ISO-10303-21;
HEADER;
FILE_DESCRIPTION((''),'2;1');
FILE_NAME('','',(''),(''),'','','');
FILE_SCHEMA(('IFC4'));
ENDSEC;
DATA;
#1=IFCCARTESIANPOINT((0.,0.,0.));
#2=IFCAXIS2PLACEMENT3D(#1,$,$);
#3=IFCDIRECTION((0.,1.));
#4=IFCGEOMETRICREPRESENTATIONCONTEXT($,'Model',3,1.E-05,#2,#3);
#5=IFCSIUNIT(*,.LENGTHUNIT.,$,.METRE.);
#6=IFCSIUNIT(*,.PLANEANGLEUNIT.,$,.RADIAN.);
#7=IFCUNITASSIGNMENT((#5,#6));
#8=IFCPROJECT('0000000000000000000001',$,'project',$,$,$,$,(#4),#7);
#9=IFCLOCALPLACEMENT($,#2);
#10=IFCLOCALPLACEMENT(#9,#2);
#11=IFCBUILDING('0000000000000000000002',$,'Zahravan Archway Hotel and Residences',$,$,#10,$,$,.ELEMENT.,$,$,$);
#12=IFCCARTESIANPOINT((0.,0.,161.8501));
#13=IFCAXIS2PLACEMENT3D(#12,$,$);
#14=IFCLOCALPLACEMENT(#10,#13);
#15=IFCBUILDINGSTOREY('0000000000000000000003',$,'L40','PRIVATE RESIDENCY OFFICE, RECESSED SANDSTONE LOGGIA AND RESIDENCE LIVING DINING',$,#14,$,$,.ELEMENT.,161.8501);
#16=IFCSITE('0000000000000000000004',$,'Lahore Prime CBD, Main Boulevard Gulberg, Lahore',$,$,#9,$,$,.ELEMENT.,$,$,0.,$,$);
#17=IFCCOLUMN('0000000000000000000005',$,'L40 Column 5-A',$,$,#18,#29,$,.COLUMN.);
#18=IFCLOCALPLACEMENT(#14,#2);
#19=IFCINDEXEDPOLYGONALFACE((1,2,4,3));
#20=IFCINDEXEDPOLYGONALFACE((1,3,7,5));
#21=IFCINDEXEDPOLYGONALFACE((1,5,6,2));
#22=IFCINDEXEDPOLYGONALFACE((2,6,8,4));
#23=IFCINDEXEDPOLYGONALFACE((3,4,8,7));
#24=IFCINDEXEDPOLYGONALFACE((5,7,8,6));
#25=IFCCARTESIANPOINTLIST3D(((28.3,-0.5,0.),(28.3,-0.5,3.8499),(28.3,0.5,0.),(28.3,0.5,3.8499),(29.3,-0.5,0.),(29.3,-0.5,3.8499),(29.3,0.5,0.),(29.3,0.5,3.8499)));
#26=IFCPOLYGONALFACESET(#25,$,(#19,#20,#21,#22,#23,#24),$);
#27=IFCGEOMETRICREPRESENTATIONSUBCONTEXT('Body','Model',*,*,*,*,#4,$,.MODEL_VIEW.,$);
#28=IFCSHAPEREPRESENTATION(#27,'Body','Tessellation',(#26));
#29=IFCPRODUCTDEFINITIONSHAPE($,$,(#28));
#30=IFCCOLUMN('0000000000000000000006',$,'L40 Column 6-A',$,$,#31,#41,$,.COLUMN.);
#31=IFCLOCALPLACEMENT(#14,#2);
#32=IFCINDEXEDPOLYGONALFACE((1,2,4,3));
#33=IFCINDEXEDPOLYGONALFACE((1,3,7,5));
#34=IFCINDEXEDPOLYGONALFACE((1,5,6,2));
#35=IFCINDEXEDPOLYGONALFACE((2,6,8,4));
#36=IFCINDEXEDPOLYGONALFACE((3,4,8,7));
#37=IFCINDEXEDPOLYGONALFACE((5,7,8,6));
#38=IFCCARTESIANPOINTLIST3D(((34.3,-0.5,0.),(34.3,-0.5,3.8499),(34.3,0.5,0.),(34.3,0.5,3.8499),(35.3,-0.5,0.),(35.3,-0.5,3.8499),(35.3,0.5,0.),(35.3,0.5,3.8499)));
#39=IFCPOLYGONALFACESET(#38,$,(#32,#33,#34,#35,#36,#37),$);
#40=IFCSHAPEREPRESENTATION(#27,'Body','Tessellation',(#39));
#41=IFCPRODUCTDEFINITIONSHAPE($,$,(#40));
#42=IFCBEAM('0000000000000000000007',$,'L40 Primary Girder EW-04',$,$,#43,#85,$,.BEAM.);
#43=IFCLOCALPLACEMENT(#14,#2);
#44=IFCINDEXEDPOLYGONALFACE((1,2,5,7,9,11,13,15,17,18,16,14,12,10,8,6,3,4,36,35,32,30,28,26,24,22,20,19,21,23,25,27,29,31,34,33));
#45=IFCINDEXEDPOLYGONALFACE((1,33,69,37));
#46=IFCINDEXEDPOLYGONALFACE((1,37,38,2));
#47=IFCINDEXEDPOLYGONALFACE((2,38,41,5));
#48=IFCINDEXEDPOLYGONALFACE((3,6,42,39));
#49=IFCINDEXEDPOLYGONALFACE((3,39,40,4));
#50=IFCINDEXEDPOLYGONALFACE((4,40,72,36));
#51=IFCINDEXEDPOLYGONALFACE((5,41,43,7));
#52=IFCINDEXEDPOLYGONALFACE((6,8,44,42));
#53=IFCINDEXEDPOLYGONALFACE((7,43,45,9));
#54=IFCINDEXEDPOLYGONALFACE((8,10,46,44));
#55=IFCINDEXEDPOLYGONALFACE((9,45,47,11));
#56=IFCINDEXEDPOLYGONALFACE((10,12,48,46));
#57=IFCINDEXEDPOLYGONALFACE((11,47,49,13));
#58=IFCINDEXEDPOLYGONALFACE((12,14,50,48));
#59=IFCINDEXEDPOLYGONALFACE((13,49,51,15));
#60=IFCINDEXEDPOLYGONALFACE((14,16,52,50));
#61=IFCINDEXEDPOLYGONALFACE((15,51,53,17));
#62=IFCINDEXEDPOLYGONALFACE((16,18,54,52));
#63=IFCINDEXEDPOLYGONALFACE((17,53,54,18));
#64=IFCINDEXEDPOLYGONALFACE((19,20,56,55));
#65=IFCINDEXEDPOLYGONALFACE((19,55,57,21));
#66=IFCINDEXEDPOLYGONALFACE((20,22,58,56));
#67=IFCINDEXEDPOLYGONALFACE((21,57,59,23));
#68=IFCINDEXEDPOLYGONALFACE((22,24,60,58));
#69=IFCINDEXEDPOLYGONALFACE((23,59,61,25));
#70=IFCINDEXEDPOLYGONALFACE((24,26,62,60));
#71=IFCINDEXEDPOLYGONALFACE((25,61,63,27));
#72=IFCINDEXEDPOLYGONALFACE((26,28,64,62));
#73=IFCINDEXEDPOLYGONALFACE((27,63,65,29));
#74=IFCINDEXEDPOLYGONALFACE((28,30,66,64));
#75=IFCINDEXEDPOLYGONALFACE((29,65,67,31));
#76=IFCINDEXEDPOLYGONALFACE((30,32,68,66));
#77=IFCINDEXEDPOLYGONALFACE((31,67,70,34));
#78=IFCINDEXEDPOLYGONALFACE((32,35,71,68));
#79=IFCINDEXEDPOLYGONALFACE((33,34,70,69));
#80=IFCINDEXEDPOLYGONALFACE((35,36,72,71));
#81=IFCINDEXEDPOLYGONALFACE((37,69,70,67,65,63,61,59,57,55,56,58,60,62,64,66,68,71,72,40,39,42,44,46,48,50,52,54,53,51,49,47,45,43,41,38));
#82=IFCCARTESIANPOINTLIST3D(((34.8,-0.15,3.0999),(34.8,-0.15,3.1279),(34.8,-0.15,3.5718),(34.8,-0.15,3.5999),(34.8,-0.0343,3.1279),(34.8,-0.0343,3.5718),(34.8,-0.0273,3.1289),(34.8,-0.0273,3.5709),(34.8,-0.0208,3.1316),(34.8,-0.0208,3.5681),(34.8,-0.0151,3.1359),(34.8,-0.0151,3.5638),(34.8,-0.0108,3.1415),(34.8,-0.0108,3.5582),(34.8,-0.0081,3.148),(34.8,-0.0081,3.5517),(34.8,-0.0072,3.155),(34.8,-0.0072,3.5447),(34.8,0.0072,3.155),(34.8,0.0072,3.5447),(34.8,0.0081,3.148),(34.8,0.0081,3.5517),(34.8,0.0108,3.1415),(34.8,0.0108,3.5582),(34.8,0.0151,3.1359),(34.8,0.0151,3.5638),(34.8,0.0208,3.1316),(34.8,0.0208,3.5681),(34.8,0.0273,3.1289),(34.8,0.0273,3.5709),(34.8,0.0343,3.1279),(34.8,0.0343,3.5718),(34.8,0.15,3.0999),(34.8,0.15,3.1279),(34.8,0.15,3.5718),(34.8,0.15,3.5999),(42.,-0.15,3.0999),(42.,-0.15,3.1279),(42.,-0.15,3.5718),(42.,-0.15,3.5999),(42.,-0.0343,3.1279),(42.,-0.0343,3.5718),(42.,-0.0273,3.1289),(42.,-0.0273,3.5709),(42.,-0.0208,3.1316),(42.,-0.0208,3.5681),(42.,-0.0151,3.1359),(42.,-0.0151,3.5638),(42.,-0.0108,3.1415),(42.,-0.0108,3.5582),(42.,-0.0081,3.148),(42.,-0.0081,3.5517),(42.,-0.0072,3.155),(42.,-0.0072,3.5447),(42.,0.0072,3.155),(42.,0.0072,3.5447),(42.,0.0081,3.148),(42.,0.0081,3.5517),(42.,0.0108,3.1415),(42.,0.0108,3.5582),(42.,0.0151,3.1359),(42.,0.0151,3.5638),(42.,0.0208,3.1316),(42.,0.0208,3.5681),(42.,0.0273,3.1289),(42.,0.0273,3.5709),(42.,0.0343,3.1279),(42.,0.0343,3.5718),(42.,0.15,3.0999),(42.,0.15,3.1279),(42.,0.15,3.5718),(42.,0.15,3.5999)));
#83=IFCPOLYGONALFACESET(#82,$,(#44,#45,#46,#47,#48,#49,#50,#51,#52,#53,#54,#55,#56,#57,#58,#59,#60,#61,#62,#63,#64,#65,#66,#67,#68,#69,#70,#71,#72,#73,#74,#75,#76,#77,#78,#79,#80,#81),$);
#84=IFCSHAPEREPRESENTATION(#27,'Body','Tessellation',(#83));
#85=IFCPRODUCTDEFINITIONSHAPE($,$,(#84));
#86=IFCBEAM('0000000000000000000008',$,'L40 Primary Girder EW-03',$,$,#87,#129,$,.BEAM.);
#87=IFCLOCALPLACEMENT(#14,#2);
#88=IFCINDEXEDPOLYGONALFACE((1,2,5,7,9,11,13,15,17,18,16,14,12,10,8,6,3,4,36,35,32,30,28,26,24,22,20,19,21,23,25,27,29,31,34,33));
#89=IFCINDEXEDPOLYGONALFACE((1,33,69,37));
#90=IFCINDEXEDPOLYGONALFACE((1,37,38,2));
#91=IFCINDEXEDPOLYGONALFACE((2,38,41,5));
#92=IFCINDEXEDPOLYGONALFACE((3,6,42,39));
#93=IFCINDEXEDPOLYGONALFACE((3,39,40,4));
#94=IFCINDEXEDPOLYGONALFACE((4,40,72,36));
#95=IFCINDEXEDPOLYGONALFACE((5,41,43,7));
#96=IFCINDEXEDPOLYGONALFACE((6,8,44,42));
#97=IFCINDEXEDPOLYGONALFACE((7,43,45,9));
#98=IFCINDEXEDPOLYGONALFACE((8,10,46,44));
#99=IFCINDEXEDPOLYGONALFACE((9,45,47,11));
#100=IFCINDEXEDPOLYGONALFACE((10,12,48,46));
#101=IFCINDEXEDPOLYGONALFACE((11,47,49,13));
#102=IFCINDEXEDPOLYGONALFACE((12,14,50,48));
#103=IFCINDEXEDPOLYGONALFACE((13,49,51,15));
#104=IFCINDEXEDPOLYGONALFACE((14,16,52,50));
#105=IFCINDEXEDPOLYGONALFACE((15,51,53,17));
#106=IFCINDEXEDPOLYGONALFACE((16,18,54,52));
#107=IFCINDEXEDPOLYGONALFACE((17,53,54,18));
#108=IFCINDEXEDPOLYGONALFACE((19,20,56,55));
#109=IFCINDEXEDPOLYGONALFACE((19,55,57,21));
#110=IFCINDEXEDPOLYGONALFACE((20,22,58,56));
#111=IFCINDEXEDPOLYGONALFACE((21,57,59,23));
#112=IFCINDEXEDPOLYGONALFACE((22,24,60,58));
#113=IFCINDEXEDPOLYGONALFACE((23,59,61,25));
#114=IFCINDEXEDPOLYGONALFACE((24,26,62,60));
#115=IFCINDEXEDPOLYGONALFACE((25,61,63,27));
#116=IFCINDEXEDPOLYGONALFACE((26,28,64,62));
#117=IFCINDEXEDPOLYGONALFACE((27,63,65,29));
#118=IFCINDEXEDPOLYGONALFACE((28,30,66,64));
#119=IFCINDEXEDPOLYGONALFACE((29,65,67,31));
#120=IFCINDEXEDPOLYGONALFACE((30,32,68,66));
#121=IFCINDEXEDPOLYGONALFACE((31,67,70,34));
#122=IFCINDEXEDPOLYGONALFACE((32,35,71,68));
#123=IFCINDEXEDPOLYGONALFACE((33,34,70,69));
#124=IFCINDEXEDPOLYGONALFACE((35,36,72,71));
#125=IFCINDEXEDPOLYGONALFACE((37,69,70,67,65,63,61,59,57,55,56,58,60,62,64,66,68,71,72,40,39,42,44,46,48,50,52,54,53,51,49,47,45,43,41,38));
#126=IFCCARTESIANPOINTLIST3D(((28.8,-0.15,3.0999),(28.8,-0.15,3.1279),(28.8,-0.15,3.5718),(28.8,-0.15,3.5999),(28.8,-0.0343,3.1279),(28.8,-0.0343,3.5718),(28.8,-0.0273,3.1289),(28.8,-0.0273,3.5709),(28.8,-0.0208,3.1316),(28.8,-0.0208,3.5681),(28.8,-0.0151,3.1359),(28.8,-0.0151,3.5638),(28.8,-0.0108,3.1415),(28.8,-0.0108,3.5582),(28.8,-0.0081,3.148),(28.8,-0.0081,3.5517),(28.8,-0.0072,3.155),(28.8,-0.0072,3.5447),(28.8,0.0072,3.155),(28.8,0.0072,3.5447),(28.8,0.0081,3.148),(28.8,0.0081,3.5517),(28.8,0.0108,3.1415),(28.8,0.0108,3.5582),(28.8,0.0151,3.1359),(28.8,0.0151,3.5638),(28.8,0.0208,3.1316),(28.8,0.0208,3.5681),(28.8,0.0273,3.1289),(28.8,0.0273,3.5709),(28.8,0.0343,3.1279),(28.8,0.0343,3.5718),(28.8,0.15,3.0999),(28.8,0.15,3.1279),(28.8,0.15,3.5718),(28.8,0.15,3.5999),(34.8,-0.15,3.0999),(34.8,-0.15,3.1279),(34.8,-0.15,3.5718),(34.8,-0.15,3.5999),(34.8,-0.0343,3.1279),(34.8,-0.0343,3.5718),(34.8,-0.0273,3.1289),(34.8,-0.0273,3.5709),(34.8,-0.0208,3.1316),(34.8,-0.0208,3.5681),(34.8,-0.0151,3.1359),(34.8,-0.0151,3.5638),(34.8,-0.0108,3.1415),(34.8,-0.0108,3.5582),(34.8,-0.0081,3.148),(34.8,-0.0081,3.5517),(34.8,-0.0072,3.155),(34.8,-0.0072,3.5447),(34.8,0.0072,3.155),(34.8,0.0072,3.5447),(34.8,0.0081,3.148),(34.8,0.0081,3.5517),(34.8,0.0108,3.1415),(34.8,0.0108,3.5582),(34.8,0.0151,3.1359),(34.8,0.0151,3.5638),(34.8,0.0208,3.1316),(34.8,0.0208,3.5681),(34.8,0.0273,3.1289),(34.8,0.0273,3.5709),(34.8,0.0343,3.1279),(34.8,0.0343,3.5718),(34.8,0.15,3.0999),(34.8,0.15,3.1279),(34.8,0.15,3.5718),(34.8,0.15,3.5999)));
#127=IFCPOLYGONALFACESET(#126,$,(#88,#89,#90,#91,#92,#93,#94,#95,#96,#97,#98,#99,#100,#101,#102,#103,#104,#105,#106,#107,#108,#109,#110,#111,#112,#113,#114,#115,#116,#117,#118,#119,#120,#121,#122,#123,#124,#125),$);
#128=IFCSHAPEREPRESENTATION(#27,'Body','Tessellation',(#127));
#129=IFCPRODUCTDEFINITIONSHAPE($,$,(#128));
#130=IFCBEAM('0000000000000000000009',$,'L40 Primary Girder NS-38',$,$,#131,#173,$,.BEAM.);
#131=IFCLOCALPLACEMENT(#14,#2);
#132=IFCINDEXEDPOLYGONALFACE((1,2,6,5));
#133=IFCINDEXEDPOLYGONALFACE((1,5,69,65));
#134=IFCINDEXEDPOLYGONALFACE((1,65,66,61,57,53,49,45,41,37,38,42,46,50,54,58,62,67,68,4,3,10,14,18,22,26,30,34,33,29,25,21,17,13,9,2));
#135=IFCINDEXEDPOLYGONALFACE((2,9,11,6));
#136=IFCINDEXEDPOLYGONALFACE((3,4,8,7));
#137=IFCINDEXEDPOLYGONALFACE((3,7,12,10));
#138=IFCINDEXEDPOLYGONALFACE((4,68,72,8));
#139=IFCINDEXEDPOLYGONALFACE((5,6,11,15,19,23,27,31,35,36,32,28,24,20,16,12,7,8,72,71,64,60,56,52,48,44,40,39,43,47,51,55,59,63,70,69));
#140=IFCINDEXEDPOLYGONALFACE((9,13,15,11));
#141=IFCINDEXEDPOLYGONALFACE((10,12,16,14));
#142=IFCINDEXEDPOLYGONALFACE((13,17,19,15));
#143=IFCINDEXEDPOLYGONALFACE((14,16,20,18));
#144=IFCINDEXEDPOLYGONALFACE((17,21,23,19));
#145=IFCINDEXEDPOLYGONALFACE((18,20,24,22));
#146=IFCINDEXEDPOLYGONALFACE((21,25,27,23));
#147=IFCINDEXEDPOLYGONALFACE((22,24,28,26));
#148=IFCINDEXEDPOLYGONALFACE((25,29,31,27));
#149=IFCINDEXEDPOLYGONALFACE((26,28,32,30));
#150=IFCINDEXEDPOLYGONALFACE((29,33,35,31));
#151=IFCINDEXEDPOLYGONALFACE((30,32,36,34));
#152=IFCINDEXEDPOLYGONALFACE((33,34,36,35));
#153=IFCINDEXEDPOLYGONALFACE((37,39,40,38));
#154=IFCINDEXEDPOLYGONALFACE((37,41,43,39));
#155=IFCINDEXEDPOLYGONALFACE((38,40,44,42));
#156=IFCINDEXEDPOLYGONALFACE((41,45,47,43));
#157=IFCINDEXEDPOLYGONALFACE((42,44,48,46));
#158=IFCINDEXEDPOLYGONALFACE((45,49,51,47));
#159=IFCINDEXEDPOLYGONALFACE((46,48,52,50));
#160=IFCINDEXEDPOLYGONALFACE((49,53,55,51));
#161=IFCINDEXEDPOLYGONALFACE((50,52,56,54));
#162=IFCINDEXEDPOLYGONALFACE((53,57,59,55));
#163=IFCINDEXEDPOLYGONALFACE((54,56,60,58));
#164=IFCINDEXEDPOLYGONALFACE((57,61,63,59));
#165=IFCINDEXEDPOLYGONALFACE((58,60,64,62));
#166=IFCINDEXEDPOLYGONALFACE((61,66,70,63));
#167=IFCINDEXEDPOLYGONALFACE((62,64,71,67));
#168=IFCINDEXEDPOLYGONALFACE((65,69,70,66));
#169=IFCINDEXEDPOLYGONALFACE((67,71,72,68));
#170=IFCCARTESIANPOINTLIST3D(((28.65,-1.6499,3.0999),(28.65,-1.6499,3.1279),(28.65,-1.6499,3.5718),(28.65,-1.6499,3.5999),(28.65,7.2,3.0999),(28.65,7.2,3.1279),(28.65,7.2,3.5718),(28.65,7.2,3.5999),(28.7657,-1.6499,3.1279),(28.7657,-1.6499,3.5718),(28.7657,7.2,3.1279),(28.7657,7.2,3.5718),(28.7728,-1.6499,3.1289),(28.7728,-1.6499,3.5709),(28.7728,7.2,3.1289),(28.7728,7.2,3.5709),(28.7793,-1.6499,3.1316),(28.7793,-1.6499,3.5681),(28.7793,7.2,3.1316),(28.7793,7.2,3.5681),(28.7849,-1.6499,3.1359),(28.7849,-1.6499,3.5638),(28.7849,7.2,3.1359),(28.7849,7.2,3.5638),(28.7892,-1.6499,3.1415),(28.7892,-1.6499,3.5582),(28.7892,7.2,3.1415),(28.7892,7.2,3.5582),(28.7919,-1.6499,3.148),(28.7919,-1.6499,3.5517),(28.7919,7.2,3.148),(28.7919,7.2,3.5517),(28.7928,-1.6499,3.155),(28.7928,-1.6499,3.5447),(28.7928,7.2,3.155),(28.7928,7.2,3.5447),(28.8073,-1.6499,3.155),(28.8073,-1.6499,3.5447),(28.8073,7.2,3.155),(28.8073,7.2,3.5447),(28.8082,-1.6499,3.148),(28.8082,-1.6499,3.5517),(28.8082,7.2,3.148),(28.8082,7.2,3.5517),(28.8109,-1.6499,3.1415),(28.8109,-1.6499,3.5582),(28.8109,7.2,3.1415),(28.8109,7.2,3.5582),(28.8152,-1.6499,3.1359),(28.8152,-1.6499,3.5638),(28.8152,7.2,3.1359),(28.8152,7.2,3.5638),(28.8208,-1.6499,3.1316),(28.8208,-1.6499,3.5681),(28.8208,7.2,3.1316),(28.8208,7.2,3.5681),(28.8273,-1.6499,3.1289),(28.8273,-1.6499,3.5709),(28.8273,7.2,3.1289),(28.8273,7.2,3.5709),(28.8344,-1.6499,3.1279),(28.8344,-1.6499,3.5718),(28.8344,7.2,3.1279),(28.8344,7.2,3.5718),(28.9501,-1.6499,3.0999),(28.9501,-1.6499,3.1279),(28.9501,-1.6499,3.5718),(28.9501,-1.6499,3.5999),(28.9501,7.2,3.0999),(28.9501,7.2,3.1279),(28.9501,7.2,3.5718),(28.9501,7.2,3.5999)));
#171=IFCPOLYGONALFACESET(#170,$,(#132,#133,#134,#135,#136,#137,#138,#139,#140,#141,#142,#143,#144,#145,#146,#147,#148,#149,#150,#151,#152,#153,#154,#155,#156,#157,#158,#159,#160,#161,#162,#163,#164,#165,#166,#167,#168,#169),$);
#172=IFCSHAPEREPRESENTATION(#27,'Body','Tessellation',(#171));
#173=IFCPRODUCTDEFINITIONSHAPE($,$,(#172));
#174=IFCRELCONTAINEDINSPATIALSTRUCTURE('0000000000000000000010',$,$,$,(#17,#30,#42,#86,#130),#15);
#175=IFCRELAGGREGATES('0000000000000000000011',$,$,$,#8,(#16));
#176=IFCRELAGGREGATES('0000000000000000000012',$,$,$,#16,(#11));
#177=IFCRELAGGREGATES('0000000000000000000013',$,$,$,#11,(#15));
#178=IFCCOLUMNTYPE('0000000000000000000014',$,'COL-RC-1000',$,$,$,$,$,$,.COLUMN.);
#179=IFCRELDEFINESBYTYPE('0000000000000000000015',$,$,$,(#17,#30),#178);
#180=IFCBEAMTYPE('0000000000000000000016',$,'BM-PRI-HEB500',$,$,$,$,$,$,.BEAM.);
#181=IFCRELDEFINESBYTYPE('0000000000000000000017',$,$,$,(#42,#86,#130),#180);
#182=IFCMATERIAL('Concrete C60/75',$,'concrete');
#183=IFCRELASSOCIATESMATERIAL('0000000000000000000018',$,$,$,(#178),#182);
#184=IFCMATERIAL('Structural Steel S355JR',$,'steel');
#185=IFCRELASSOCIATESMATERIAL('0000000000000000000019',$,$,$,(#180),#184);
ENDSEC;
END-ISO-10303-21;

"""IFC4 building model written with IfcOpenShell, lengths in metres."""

from ifc_helpers import new_model, si_unit, direction, frame, origin, origin_2d, place, context, subcontext, project, spatial, rectangle, i_section, extrude, source, transform, mapped, material, material_profile, profile_set, type_object, element, save


model = new_model("IFC4")

# Units and contexts
model_context = context("Model", 3, precision=1e-05, world=origin(), true_north=direction((0.0, 1.0)))
body_context = subcontext(model_context, "Body", "Model", "MODEL_VIEW")
ifc_project = project(units=[si_unit("LENGTHUNIT", "METRE"), si_unit("PLANEANGLEUNIT", "RADIAN")], contexts=[model_context])

# Site, building, storey
site_placement = place(None, origin())
site = spatial("IfcSite", under=ifc_project, at=site_placement, Name="Lahore Prime CBD, Main Boulevard Gulberg, Lahore", CompositionType="ELEMENT", RefElevation=0.0)
building_placement = place(site_placement, origin())
building = spatial("IfcBuilding", under=site, at=building_placement, Name="Zahravan Archway Hotel and Residences", CompositionType="ELEMENT")
storey_placement = place(building_placement, frame((0.0, 0.0, 161.8501)))
storey = spatial("IfcBuildingStorey", under=building, at=storey_placement, Name="L40", Description="PRIVATE RESIDENCY OFFICE, RECESSED SANDSTONE LOGGIA AND RESIDENCE LIVING DINING", CompositionType="ELEMENT", Elevation=161.8501)

# Columns
ifc_material_1 = material(Name="Concrete C60/75", Category="concrete")
ifc_material_profile_1 = material_profile(ifc_material_1, rectangle(XDim=1.0, YDim=1.0, at=origin_2d()), Name="RC-COL-1000x1000", Category="concrete")
ifc_profile_set_1 = profile_set([ifc_material_profile_1], Name="Concrete C60/75")
column_type = type_object("IfcColumnType", Name="COL-RC-1000", PredefinedType="COLUMN", material=ifc_profile_set_1)
shared_shape_1 = source(origin(), body_context, "Body", "SweptSolid", [
    extrude(rectangle(XDim=1.0, YDim=1.0, at=origin_2d()), origin(), (0.0, 0.0, 1.0), 3.8499),
])
for number, where, z_axis, x_axis, name in (
    (1, (28.8, 0.0, 0.0), (0.0, 0.0, 1.0), (1.0, 0.0, 0.0), "L40 Column 5-A"),
    (2, (34.8, 0.0, 0.0), (0.0, 0.0, 1.0), (1.0, 0.0, 0.0), "L40 Column 6-A"),
):
    element("IfcColumn", number, at=place(storey_placement, frame(where, z_axis=z_axis, x_axis=x_axis)), inside=storey, type_object=column_type, Name=name, PredefinedType="COLUMN", context=body_context, shape_type="MappedRepresentation", body=[
        mapped(shared_shape_1, transform((0.0, 0.0, 0.0), scale=1.0)),
    ])

# Beams
ifc_material_2 = material(Name="Structural Steel S355JR", Category="steel")
ifc_material_profile_2 = material_profile(ifc_material_2, i_section(OverallWidth=0.3, OverallDepth=0.5, WebThickness=0.0144, FlangeThickness=0.0281, FilletRadius=0.0271, at=origin_2d()), Name="HEB 500", Category="steel")
ifc_profile_set_2 = profile_set([ifc_material_profile_2], Name="Structural Steel S355JR")
beam_type_1 = type_object("IfcBeamType", Name="BM-PRI-HEB500", PredefinedType="BEAM", material=ifc_profile_set_2)
shared_shape_2 = source(origin(), body_context, "Body", "SweptSolid", [
    extrude(i_section(OverallWidth=0.3, OverallDepth=0.5, WebThickness=0.0144, FlangeThickness=0.0281, FilletRadius=0.0271, at=origin_2d()), origin(), (0.0, 0.0, 1.0), 7.2),
])
beam_1_placement = place(storey_placement, frame((34.8, 0.0, 3.3499), z_axis=(1.0, 0.0, 0.0), x_axis=(0.0, 1.0, 0.0)))
element("IfcBeam", 3, at=beam_1_placement, inside=storey, type_object=beam_type_1, Name="L40 Primary Girder EW-04", PredefinedType="BEAM", context=body_context, shape_type="MappedRepresentation", body=[
    mapped(shared_shape_2, transform((0.0, 0.0, 0.0), scale=1.0)),
])
shared_shape_3 = source(origin(), body_context, "Body", "SweptSolid", [
    extrude(i_section(OverallWidth=0.3, OverallDepth=0.5, WebThickness=0.0144, FlangeThickness=0.0281, FilletRadius=0.0271, at=origin_2d()), origin(), (0.0, 0.0, 1.0), 6.0),
])
beam_2_placement = place(storey_placement, frame((28.8, 0.0, 3.3499), z_axis=(1.0, 0.0, 0.0), x_axis=(0.0, 1.0, 0.0)))
element("IfcBeam", 4, at=beam_2_placement, inside=storey, type_object=beam_type_1, Name="L40 Primary Girder EW-03", PredefinedType="BEAM", context=body_context, shape_type="MappedRepresentation", body=[
    mapped(shared_shape_3, transform((0.0, 0.0, 0.0), scale=1.0)),
])
shared_shape_4 = source(origin(), body_context, "Body", "SweptSolid", [
    extrude(i_section(OverallWidth=0.3, OverallDepth=0.5, WebThickness=0.0144, FlangeThickness=0.0281, FilletRadius=0.0271, at=origin_2d()), origin(), (0.0, 0.0, 1.0), 8.8499),
])
beam_3_placement = place(storey_placement, frame((28.8, -1.6499, 3.3499), z_axis=(0.0, 1.0, 0.0), x_axis=(-1.0, 0.0, 0.0)))
element("IfcBeam", 5, at=beam_3_placement, inside=storey, type_object=beam_type_1, Name="L40 Primary Girder NS-38", PredefinedType="BEAM", context=body_context, shape_type="MappedRepresentation", body=[
    mapped(shared_shape_4, transform((0.0, 0.0, 0.0), scale=1.0)),
])

save(model, "model.ifc")
